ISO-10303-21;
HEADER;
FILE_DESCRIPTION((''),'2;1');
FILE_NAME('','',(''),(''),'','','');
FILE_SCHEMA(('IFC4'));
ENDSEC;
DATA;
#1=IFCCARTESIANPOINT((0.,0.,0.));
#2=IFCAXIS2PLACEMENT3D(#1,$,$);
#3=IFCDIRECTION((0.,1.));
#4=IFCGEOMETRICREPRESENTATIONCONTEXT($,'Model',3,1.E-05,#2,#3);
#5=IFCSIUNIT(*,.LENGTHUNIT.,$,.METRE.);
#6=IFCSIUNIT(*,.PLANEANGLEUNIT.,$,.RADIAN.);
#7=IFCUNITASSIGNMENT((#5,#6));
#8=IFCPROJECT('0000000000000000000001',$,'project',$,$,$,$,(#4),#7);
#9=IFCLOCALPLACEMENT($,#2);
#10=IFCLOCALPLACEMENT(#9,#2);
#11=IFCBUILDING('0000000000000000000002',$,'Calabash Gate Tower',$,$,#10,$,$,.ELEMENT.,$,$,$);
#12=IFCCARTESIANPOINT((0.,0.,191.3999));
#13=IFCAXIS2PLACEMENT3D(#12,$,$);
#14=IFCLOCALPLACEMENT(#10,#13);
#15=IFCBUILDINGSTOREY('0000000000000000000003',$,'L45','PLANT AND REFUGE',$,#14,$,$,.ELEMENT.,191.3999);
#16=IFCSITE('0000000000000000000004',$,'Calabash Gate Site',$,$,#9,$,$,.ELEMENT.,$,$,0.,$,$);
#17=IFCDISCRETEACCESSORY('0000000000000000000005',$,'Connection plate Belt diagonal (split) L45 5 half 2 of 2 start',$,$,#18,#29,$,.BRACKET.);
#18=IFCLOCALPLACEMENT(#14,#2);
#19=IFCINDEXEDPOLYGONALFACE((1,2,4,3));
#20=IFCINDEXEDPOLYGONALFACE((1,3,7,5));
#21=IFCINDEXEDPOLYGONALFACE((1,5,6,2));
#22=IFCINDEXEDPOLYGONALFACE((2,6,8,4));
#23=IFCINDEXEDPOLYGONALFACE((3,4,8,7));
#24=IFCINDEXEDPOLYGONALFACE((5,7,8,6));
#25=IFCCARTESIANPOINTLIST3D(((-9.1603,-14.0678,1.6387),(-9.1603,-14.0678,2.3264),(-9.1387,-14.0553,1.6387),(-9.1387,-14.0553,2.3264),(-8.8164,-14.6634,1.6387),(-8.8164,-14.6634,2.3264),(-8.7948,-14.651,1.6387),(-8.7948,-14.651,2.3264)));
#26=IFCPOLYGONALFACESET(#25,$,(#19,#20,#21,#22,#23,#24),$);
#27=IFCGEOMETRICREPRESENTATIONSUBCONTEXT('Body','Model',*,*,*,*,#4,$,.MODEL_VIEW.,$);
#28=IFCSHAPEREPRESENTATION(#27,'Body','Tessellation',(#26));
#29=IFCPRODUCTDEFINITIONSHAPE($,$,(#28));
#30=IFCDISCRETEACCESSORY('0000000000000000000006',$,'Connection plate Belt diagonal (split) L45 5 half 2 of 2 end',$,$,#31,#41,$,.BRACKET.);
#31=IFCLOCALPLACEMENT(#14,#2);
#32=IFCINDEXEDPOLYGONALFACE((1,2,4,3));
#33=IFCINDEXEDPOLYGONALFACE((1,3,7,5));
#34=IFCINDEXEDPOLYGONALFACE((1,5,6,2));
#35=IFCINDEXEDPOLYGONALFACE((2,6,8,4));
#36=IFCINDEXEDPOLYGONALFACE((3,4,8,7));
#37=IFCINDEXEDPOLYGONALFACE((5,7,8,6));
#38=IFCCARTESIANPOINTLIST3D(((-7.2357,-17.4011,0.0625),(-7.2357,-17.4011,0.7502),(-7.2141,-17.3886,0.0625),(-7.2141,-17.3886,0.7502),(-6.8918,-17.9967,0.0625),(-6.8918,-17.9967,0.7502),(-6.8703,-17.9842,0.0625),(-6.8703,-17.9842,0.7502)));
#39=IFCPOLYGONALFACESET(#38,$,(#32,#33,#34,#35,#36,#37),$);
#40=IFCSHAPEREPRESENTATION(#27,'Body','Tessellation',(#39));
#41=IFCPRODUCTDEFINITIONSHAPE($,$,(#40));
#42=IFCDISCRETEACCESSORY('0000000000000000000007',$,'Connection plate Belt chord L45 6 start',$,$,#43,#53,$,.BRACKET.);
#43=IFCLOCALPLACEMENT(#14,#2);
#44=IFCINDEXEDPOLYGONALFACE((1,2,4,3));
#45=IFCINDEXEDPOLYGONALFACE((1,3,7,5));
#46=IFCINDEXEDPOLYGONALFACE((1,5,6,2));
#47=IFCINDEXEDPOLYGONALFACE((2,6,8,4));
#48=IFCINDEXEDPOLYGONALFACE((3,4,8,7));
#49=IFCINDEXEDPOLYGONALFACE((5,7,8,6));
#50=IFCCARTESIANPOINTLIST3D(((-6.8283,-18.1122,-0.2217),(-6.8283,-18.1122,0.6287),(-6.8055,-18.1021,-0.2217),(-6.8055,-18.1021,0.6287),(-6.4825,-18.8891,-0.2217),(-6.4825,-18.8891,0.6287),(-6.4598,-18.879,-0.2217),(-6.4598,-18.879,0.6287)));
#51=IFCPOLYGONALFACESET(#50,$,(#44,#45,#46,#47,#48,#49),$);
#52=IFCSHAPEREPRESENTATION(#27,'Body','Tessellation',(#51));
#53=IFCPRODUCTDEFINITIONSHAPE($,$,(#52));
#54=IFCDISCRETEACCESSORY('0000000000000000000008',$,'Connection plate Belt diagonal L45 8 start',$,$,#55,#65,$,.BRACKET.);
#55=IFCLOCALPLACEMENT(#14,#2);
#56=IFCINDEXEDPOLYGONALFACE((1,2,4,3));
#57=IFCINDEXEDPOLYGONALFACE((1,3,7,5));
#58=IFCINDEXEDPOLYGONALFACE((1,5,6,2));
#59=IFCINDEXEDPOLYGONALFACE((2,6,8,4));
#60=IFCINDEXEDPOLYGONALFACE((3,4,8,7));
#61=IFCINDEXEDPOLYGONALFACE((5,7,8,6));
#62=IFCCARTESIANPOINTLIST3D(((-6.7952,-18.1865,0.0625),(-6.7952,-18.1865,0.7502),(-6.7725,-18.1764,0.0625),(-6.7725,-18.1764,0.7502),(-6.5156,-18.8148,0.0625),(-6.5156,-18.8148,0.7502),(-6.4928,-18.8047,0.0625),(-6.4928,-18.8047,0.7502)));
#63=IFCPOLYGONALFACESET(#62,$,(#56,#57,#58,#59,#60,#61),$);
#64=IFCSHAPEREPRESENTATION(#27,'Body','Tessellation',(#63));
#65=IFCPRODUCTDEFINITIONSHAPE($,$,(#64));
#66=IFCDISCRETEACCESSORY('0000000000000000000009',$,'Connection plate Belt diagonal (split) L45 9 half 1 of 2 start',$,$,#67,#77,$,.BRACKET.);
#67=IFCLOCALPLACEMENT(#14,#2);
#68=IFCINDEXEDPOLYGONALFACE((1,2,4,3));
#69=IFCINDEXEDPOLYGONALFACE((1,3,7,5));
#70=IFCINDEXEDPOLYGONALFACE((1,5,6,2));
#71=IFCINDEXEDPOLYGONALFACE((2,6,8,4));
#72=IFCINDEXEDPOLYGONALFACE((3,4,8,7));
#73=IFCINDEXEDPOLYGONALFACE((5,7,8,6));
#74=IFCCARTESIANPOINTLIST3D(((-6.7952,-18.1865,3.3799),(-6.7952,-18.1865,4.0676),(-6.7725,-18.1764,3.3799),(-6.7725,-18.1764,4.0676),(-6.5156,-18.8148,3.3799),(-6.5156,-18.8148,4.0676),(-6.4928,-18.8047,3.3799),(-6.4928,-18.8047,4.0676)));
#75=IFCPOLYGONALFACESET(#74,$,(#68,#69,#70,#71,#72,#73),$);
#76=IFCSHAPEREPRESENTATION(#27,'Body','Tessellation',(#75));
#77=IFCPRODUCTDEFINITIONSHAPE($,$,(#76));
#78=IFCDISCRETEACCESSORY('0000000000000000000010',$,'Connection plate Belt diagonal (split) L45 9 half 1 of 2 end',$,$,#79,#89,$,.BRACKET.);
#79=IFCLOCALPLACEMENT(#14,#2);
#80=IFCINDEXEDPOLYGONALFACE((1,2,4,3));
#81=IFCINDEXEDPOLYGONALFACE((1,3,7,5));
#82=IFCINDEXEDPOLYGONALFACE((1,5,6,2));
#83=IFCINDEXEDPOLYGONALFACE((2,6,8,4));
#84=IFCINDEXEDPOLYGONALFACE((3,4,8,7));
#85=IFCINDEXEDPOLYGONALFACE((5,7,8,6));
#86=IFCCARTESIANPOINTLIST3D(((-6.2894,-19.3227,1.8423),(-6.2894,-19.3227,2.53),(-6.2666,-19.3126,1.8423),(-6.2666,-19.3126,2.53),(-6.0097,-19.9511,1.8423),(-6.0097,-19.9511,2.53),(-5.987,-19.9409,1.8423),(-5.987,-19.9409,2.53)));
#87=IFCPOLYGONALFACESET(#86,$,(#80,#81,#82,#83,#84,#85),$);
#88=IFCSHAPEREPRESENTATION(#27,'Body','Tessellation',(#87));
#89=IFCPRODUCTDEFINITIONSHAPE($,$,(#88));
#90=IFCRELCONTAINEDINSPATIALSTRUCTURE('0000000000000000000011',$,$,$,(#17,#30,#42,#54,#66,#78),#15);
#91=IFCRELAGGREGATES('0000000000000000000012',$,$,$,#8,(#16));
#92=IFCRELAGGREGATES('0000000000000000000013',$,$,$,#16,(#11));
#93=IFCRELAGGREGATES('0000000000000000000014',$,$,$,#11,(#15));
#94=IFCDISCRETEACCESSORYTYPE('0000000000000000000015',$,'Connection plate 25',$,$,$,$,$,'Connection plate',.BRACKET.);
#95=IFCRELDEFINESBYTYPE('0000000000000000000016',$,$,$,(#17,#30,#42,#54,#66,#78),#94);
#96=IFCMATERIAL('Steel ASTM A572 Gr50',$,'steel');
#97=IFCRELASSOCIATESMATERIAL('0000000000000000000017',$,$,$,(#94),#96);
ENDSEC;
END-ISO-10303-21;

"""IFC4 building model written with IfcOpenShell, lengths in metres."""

from ifc_helpers import new_model, si_unit, direction, frame, origin, origin_2d, place, context, subcontext, project, spatial, rectangle, extrude, material, type_object, element, save


model = new_model("IFC4")

# Units and contexts
model_context = context("Model", 3, precision=1e-05, world=origin(), true_north=direction((0.0, 1.0)))
body_context = subcontext(model_context, "Body", "Model", "MODEL_VIEW")
ifc_project = project(units=[si_unit("LENGTHUNIT", "METRE"), si_unit("PLANEANGLEUNIT", "RADIAN")], contexts=[model_context])

# Site, building, storey
site_placement = place(None, origin())
site = spatial("IfcSite", under=ifc_project, at=site_placement, Name="Calabash Gate Site", CompositionType="ELEMENT", RefElevation=0.0)
building_placement = place(site_placement, origin())
building = spatial("IfcBuilding", under=site, at=building_placement, Name="Calabash Gate Tower", CompositionType="ELEMENT")
storey_placement = place(building_placement, frame((0.0, 0.0, 191.3999)))
storey = spatial("IfcBuildingStorey", under=building, at=storey_placement, Name="L45", Description="PLANT AND REFUGE", CompositionType="ELEMENT", Elevation=191.3999)

# Discrete accessories
ifc_material_1 = material(Name="Steel ASTM A572 Gr50", Category="steel")
discrete_accessory_type = type_object("IfcDiscreteAccessoryType", Name="Connection plate 25", ElementType="Connection plate", PredefinedType="BRACKET", material=ifc_material_1)
for number, where, z_axis, x_axis, name in (
    (1, (-8.9775, -14.3594, 1.6387), (0.0, 0.0, 1.0), (0.5, -0.866025, 0.0), "Connection plate Belt diagonal (split) L45 5 half 2 of 2 start"),
    (2, (-7.053, -17.6926, 0.0625), (0.0, 0.0, 1.0), (0.5, -0.866025, 0.0), "Connection plate Belt diagonal (split) L45 5 half 2 of 2 end"),
):
    element("IfcDiscreteAccessory", number, at=place(storey_placement, frame(where, z_axis=z_axis, x_axis=x_axis)), inside=storey, type_object=discrete_accessory_type, Name=name, PredefinedType="BRACKET", context=body_context, shape_type="SweptSolid", body=[
        extrude(rectangle(XDim=0.6877, YDim=0.0249, at=origin_2d()), origin(), (0.0, 0.0, 1.0), 0.6877),
    ])
discrete_accessory_placement = place(storey_placement, frame((-6.644, -18.4956, -0.2217), z_axis=(0.0, 0.0, 1.0), x_axis=(0.406612, -0.913601, 0.0)))
element("IfcDiscreteAccessory", 3, at=discrete_accessory_placement, inside=storey, type_object=discrete_accessory_type, Name="Connection plate Belt chord L45 6 start", PredefinedType="BRACKET", context=body_context, shape_type="SweptSolid", body=[
    extrude(rectangle(XDim=0.8503, YDim=0.0249, at=origin_2d()), origin(), (0.0, 0.0, 1.0), 0.8503),
])
for number, where, z_axis, x_axis, name in (
    (4, (-6.644, -18.4956, 0.0625), (0.0, 0.0, 1.0), (0.406612, -0.913601, 0.0), "Connection plate Belt diagonal L45 8 start"),
    (5, (-6.644, -18.4956, 3.3799), (0.0, 0.0, 1.0), (0.406612, -0.913601, 0.0), "Connection plate Belt diagonal (split) L45 9 half 1 of 2 start"),
    (6, (-6.1382, -19.6318, 1.8423), (0.0, 0.0, 1.0), (0.406612, -0.913601, 0.0), "Connection plate Belt diagonal (split) L45 9 half 1 of 2 end"),
):
    element("IfcDiscreteAccessory", number, at=place(storey_placement, frame(where, z_axis=z_axis, x_axis=x_axis)), inside=storey, type_object=discrete_accessory_type, Name=name, PredefinedType="BRACKET", context=body_context, shape_type="SweptSolid", body=[
        extrude(rectangle(XDim=0.6877, YDim=0.0249, at=origin_2d()), origin(), (0.0, 0.0, 1.0), 0.6877),
    ])

save(model, "model.ifc")
